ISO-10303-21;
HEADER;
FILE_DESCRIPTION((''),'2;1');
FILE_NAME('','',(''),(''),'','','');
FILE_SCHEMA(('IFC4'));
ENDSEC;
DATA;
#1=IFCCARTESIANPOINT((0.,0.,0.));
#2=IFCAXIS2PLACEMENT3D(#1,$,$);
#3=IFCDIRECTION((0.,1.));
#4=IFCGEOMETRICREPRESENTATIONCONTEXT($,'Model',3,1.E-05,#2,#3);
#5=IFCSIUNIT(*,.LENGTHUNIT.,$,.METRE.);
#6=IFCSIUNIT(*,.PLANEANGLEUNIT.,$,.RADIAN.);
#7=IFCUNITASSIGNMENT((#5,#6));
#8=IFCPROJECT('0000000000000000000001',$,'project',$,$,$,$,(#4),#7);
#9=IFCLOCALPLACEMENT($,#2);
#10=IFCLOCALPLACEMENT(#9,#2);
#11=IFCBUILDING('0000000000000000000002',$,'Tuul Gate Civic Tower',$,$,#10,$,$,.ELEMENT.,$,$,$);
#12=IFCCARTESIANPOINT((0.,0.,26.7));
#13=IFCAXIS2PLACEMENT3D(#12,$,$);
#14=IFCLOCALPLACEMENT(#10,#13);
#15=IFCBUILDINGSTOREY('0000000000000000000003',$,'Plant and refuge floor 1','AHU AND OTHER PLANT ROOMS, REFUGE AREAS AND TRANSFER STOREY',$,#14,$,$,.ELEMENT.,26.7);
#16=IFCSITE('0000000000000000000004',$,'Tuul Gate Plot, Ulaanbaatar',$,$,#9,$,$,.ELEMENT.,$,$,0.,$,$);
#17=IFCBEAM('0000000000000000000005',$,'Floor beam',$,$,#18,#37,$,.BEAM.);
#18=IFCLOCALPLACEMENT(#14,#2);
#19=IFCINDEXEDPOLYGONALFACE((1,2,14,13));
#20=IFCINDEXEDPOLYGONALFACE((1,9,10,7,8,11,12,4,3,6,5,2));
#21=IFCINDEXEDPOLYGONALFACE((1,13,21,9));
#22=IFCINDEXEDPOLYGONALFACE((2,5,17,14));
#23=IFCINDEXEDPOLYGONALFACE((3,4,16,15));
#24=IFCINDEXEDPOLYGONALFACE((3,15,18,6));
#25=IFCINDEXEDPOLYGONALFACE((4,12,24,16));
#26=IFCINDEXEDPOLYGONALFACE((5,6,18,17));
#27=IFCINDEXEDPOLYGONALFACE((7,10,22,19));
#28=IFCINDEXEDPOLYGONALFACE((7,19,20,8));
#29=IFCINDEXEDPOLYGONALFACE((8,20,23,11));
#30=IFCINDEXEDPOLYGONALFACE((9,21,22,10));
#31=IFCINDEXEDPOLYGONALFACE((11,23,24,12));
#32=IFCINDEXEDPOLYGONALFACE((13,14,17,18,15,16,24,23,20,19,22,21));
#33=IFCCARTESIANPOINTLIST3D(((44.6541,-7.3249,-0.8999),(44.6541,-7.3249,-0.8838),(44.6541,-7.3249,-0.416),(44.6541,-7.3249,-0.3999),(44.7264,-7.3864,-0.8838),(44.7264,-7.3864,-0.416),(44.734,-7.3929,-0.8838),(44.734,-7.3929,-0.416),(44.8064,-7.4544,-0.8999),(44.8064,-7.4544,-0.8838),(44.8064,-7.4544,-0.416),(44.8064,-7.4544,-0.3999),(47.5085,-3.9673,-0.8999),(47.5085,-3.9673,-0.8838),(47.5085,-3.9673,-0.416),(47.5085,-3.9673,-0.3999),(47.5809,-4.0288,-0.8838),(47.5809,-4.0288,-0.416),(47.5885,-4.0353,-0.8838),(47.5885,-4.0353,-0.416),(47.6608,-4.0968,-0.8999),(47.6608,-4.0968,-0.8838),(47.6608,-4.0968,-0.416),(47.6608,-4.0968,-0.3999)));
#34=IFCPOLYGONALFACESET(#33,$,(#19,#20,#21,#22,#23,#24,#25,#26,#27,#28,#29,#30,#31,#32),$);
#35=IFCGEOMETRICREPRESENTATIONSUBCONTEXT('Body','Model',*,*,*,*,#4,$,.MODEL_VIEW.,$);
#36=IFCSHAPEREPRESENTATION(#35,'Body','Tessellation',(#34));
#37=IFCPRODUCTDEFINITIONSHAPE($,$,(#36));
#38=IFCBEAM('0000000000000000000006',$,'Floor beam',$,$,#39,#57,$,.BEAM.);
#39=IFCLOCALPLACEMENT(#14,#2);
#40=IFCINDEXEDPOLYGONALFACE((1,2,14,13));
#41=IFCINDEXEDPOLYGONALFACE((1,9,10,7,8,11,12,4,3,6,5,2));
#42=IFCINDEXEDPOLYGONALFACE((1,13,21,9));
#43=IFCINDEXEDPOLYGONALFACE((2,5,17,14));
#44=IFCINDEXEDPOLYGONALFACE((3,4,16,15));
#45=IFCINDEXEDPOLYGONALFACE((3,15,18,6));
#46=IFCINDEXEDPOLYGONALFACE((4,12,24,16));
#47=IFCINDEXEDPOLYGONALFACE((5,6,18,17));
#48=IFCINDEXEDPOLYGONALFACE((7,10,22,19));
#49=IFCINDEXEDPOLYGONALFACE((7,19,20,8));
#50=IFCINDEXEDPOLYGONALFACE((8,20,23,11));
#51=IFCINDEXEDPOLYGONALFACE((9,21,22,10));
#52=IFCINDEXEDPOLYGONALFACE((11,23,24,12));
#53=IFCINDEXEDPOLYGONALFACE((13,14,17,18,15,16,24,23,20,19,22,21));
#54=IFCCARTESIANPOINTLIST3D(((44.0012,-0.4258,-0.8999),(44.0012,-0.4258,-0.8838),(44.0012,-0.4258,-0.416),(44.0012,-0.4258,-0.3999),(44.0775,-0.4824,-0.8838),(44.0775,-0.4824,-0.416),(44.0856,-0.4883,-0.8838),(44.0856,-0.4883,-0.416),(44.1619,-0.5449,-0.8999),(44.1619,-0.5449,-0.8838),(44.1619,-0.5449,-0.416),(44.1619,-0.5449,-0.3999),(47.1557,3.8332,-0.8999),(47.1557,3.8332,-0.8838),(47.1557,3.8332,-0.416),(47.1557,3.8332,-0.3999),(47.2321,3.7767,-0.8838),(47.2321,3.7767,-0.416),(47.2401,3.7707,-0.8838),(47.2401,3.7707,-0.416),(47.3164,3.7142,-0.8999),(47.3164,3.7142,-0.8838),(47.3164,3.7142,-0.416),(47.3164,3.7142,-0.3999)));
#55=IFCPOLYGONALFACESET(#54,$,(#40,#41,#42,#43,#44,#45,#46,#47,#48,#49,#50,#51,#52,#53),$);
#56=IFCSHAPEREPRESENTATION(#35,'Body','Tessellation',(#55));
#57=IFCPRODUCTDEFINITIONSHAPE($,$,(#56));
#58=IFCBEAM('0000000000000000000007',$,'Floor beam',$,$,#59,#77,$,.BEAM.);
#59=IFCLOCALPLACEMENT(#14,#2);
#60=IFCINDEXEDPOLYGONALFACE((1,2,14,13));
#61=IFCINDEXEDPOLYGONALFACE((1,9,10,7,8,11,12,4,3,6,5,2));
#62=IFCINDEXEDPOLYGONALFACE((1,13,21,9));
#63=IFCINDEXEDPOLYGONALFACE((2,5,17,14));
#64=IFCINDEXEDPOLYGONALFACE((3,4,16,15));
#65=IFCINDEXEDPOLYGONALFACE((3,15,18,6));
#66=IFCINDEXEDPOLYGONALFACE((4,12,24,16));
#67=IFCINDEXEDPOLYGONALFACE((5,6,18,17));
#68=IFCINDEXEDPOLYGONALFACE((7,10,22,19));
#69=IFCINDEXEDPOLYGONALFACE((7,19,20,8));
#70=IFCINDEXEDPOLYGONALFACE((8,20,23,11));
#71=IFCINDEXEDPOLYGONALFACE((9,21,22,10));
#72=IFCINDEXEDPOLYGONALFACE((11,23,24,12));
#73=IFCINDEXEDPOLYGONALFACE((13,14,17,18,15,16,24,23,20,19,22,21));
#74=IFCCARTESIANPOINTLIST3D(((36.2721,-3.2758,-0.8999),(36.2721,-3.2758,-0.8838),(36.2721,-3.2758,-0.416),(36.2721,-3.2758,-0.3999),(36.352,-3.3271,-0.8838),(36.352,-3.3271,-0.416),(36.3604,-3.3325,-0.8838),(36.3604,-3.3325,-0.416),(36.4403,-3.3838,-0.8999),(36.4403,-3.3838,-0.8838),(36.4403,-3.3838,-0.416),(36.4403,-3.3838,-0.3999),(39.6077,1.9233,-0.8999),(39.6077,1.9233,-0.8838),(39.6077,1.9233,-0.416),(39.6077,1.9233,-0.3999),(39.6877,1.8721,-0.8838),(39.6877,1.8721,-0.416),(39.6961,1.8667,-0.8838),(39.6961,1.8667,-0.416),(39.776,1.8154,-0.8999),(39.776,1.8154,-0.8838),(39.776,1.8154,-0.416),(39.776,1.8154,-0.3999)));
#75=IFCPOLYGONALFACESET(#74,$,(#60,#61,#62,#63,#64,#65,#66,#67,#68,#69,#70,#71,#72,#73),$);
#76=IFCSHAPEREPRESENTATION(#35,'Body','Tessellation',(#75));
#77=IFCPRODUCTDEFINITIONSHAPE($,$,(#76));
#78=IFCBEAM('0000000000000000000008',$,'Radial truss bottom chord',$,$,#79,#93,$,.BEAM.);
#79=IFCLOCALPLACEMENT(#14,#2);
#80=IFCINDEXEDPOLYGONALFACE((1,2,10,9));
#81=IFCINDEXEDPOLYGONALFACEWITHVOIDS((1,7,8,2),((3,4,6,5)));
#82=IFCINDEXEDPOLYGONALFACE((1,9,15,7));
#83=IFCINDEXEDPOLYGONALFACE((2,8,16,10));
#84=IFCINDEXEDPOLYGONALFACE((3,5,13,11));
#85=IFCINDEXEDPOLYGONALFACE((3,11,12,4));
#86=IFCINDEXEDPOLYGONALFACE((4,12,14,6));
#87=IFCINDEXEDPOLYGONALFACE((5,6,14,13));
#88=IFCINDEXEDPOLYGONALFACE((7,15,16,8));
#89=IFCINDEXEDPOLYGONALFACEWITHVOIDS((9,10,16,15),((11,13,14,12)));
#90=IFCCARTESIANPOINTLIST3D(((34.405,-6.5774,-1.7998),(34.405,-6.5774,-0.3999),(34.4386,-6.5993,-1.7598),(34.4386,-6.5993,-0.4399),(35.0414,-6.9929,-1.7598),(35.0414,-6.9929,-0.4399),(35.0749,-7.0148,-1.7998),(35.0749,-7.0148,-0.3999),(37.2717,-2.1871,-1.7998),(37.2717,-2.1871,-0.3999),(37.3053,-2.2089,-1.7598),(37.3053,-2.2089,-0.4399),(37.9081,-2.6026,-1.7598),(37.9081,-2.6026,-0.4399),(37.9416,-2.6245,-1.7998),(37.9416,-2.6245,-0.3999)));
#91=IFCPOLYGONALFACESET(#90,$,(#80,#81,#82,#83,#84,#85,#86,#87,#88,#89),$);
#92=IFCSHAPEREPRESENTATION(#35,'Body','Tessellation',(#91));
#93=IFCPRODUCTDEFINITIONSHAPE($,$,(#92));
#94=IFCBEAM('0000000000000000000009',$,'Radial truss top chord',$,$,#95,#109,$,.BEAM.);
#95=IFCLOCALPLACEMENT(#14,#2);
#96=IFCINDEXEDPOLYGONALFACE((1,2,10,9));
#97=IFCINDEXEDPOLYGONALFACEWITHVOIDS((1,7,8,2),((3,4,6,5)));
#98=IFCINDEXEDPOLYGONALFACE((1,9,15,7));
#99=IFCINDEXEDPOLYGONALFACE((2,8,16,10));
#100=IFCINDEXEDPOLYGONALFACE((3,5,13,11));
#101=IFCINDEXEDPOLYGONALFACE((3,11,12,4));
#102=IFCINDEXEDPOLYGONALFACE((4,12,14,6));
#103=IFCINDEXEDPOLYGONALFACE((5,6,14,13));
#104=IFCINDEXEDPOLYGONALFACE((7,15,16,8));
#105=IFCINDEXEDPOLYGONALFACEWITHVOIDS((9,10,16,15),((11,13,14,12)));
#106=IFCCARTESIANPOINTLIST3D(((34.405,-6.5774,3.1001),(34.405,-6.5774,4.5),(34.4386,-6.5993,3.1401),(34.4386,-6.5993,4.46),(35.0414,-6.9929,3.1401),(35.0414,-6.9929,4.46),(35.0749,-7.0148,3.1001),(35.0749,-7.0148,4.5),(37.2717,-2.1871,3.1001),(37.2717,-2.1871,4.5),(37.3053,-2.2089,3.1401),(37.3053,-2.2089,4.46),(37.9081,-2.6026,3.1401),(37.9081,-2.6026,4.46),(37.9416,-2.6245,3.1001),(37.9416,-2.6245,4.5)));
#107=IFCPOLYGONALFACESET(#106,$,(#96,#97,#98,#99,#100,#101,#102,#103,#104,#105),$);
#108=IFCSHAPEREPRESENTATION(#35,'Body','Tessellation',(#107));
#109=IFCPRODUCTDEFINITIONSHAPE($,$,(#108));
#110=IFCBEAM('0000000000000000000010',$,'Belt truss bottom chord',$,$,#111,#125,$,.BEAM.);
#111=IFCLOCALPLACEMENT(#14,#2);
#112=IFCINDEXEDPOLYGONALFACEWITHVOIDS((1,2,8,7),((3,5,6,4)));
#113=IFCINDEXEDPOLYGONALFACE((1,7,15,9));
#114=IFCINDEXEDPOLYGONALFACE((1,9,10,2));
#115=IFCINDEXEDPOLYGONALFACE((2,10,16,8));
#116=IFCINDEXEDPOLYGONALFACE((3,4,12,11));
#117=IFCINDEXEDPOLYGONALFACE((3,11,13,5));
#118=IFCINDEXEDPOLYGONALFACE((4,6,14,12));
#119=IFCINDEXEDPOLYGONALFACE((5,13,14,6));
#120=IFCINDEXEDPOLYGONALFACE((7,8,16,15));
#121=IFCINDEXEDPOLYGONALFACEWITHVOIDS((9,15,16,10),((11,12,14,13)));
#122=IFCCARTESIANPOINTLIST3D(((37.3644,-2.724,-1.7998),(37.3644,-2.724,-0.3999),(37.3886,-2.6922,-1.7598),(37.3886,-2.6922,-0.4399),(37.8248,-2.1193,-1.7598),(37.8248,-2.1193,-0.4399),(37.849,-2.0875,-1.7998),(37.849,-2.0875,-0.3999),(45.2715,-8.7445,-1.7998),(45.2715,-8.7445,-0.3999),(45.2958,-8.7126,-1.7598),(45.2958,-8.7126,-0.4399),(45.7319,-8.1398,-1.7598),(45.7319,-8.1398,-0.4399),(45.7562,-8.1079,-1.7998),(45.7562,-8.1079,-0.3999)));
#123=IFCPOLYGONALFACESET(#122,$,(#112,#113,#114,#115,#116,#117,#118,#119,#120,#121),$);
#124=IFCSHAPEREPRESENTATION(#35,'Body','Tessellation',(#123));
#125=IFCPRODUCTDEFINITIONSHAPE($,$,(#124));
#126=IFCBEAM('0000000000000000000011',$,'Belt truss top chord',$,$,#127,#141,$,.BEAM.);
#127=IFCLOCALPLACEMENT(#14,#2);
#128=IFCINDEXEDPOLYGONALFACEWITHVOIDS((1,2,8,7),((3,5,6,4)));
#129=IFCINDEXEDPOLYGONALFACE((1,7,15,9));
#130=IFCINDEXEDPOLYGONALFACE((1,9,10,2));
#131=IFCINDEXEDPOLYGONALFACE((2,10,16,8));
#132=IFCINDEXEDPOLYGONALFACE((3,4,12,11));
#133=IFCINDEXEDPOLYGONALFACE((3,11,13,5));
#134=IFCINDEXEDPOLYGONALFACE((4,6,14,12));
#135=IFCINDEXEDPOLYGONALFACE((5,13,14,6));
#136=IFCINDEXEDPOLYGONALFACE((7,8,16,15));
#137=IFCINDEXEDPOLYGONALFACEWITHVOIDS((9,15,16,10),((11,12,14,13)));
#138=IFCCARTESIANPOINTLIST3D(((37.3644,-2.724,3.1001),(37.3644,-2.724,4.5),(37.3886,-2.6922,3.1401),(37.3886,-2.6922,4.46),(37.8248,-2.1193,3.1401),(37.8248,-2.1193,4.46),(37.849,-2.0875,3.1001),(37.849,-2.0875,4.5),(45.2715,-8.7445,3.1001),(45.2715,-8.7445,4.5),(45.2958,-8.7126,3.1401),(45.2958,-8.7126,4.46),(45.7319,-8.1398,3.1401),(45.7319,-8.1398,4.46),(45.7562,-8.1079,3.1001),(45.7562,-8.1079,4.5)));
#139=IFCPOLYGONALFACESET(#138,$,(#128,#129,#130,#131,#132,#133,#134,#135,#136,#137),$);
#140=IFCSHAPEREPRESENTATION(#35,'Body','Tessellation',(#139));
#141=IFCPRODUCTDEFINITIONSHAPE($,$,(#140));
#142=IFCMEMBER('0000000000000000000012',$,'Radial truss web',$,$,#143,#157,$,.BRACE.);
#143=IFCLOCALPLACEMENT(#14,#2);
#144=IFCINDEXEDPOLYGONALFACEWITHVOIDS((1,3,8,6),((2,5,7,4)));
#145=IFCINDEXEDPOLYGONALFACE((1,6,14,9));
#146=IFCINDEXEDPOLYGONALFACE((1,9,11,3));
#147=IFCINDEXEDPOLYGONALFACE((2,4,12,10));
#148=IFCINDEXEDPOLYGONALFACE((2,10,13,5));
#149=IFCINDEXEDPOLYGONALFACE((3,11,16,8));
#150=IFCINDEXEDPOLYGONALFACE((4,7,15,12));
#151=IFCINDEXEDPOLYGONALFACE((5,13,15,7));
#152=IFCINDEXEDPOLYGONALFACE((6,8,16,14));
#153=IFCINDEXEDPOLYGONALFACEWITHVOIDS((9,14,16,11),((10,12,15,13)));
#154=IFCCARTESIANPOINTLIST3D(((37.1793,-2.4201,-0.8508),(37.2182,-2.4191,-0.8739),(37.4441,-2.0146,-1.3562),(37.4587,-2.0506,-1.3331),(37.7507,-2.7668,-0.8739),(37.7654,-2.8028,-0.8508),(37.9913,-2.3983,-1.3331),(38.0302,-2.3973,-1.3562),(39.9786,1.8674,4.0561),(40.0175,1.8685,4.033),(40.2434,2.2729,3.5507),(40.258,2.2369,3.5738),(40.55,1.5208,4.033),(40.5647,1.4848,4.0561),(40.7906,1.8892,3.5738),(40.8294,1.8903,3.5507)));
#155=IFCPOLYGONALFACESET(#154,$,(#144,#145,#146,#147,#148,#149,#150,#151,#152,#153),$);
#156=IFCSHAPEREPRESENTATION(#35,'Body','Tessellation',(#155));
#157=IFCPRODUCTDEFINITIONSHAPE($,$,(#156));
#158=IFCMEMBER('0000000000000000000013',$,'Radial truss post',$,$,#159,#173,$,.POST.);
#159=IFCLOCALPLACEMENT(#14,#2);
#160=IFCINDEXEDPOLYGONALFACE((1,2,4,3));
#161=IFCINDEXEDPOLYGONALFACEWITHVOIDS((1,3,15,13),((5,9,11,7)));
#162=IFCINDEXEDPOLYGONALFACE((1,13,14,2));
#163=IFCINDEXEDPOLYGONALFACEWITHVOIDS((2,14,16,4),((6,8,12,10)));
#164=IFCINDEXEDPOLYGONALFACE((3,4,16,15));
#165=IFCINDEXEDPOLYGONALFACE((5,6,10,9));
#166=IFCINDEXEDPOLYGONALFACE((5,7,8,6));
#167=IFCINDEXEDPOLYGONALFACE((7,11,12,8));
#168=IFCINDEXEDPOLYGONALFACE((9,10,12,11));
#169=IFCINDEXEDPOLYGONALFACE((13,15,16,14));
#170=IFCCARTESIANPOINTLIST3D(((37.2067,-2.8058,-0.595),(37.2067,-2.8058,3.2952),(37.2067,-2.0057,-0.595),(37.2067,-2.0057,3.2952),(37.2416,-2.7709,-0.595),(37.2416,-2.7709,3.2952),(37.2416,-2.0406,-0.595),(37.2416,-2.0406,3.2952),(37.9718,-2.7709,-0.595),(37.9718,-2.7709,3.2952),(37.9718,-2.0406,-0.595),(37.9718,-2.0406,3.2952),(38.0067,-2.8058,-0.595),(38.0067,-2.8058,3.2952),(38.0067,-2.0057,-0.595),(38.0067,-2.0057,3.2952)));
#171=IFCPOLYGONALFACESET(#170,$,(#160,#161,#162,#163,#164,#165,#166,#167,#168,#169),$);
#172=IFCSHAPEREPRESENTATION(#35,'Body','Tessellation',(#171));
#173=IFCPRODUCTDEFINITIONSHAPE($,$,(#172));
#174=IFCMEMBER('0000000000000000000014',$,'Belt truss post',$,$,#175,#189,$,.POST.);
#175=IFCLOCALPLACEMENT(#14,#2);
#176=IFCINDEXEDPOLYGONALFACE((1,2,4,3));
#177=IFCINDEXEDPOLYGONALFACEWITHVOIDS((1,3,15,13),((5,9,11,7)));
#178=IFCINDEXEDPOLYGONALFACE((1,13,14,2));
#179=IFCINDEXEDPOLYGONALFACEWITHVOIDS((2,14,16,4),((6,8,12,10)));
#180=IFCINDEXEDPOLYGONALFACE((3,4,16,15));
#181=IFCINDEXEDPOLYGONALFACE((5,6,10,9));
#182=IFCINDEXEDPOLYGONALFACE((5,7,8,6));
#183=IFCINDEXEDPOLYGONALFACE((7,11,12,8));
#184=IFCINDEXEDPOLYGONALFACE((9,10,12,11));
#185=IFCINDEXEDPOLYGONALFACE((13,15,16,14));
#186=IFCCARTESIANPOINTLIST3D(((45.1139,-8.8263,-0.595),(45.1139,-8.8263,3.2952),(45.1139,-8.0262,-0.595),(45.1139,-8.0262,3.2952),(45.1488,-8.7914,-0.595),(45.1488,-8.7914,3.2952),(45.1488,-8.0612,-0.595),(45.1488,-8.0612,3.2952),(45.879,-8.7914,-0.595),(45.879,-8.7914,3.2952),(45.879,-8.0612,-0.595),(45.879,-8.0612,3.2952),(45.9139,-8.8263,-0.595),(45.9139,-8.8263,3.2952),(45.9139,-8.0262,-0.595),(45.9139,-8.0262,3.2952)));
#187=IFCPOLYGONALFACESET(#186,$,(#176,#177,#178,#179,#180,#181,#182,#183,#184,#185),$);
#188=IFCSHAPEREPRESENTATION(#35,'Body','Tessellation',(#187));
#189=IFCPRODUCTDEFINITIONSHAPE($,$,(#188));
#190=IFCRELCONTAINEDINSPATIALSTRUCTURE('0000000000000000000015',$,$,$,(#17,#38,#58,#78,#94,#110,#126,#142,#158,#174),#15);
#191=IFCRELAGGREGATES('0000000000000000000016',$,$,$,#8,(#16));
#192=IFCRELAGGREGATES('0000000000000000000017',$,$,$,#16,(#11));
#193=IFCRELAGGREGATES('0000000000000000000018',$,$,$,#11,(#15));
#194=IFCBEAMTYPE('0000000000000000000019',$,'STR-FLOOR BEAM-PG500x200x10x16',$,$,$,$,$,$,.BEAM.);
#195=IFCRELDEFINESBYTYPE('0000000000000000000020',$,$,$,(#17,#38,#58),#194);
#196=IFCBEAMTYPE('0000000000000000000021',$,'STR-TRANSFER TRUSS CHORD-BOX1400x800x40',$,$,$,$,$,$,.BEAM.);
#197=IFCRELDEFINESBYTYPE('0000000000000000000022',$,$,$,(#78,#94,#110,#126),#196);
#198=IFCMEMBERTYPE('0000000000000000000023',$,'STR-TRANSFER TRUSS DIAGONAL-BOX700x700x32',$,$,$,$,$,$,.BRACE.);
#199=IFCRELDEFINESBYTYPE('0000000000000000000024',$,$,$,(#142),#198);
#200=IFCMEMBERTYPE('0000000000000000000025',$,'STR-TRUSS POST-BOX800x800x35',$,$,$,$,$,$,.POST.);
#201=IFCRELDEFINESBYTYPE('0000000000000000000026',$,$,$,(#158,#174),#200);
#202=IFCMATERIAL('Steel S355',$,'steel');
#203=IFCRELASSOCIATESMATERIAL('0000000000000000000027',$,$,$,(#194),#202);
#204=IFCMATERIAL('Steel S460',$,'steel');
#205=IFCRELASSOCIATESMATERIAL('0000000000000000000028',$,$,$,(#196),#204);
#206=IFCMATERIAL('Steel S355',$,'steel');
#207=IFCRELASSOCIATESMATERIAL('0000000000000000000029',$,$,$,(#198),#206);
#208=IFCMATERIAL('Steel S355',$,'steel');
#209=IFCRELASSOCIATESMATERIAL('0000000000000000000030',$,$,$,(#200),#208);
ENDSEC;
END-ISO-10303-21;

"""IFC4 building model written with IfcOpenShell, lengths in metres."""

from ifc_helpers import new_model, si_unit, direction, frame, origin, origin_2d, place, context, subcontext, project, spatial, hollow_rectangle, i_section, extrude, material, material_profile, profile_set, type_object, element, save


model = new_model("IFC4")

# Units and contexts
model_context = context("Model", 3, precision=1e-05, world=origin(), true_north=direction((0.0, 1.0)))
body_context = subcontext(model_context, "Body", "Model", "MODEL_VIEW")
ifc_project = project(units=[si_unit("LENGTHUNIT", "METRE"), si_unit("PLANEANGLEUNIT", "RADIAN")], contexts=[model_context])

# Site, building, storey
site_placement = place(None, origin())
site = spatial("IfcSite", under=ifc_project, at=site_placement, Name="Tuul Gate Plot, Ulaanbaatar", CompositionType="ELEMENT", RefElevation=0.0)
building_placement = place(site_placement, origin())
building = spatial("IfcBuilding", under=site, at=building_placement, Name="Tuul Gate Civic Tower", CompositionType="ELEMENT")
storey_placement = place(building_placement, frame((0.0, 0.0, 26.7)))
storey = spatial("IfcBuildingStorey", under=building, at=storey_placement, Name="Plant and refuge floor 1", Description="AHU AND OTHER PLANT ROOMS, REFUGE AREAS AND TRANSFER STOREY", CompositionType="ELEMENT", Elevation=26.7)

# Beams
ifc_material_1 = material(Name="Steel S355", Category="steel")
ifc_material_profile_1 = material_profile(ifc_material_1, i_section(OverallWidth=0.2, OverallDepth=0.5, WebThickness=0.01, FlangeThickness=0.0161, at=origin_2d()), Name="PG500x200x10x16")
ifc_profile_set_1 = profile_set([ifc_material_profile_1], Name="Steel S355")
beam_type_1 = type_object("IfcBeamType", Name="STR-FLOOR BEAM-PG500x200x10x16", PredefinedType="BEAM", material=ifc_profile_set_1)
beam_1_placement = place(storey_placement, frame((44.7302, -7.3896, -0.6499), z_axis=(0.647711, 0.761886, 0.0), x_axis=(-0.761886, 0.647711, 0.0)))
element("IfcBeam", 1, at=beam_1_placement, inside=storey, type_object=beam_type_1, Name="Floor beam", PredefinedType="BEAM", context=body_context, shape_type="SweptSolid", body=[
    extrude(i_section(OverallWidth=0.2, OverallDepth=0.5, WebThickness=0.01, FlangeThickness=0.0161, at=origin_2d()), origin(), (0.0, 0.0, 1.0), 4.407),
])
beam_2_placement = place(storey_placement, frame((44.0815, -0.4854, -0.6499), z_axis=(0.595191, 0.803584, 0.0), x_axis=(-0.803584, 0.595191, 0.0)))
element("IfcBeam", 2, at=beam_2_placement, inside=storey, type_object=beam_type_1, Name="Floor beam", PredefinedType="BEAM", context=body_context, shape_type="SweptSolid", body=[
    extrude(i_section(OverallWidth=0.2, OverallDepth=0.5, WebThickness=0.01, FlangeThickness=0.0161, at=origin_2d()), origin(), (0.0, 0.0, 1.0), 5.3),
])
beam_3_placement = place(storey_placement, frame((36.3562, -3.3298, -0.6499), z_axis=(0.539994, 0.841669, 0.0), x_axis=(-0.841669, 0.539994, 0.0)))
element("IfcBeam", 3, at=beam_3_placement, inside=storey, type_object=beam_type_1, Name="Floor beam", PredefinedType="BEAM", context=body_context, shape_type="SweptSolid", body=[
    extrude(i_section(OverallWidth=0.2, OverallDepth=0.5, WebThickness=0.01, FlangeThickness=0.0161, at=origin_2d()), origin(), (0.0, 0.0, 1.0), 6.1772),
])
ifc_material_2 = material(Name="Steel S460", Category="steel")
ifc_material_profile_2 = material_profile(ifc_material_2, hollow_rectangle(XDim=0.8, YDim=1.3999, WallThickness=0.04, at=origin_2d()), Name="BOX1400x800x40")
ifc_profile_set_2 = profile_set([ifc_material_profile_2], Name="Steel S460")
beam_type_2 = type_object("IfcBeamType", Name="STR-TRANSFER TRUSS CHORD-BOX1400x800x40", PredefinedType="BEAM", material=ifc_profile_set_2)
for number, where, z_axis, x_axis, name in (
    (4, (37.6067, -2.4058, -1.0999), (-0.546724, -0.837313, 0.0), (0.837313, -0.546724, 0.0), "Radial truss bottom chord"),
    (5, (37.6067, -2.4058, 3.8), (-0.546724, -0.837313, 0.0), (0.837313, -0.546724, 0.0), "Radial truss top chord"),
):
    element("IfcBeam", number, at=place(storey_placement, frame(where, z_axis=z_axis, x_axis=x_axis)), inside=storey, type_object=beam_type_2, Name=name, PredefinedType="BEAM", context=body_context, shape_type="SweptSolid", body=[
        extrude(hollow_rectangle(XDim=0.8, YDim=1.3999, WallThickness=0.04, at=origin_2d()), origin(), (0.0, 0.0, 1.0), 5.2434),
    ])
for number, where, z_axis, x_axis, name in (
    (6, (37.6067, -2.4058, -1.0999), (0.795628, -0.605786, 0.0), (0.605786, 0.795628, 0.0), "Belt truss bottom chord"),
    (7, (37.6067, -2.4058, 3.8), (0.795628, -0.605786, 0.0), (0.605786, 0.795628, 0.0), "Belt truss top chord"),
):
    element("IfcBeam", number, at=place(storey_placement, frame(where, z_axis=z_axis, x_axis=x_axis)), inside=storey, type_object=beam_type_2, Name=name, PredefinedType="BEAM", context=body_context, shape_type="SweptSolid", body=[
        extrude(hollow_rectangle(XDim=0.8, YDim=1.3999, WallThickness=0.04, at=origin_2d()), origin(), (0.0, 0.0, 1.0), 9.9382),
    ])

# Members
ifc_material_3 = material(Name="Steel S355", Category="steel")
ifc_material_profile_3 = material_profile(ifc_material_3, hollow_rectangle(XDim=0.7, YDim=0.7, WallThickness=0.032, at=origin_2d()), Name="BOX700x700x32")
ifc_profile_set_3 = profile_set([ifc_material_profile_3], Name="Steel S355")
member_type_1 = type_object("IfcMemberType", Name="STR-TRANSFER TRUSS DIAGONAL-BOX700x700x32", PredefinedType="BRACE", material=ifc_profile_set_3)
member_placement = place(storey_placement, frame((37.6047, -2.4087, -1.1035), z_axis=(0.394708, 0.604558, 0.691892), x_axis=(-0.837337, 0.546687, 0.0)))
element("IfcMember", 8, at=member_placement, inside=storey, type_object=member_type_1, Name="Radial truss web", PredefinedType="BRACE", context=body_context, shape_type="SweptSolid", body=[
    extrude(hollow_rectangle(XDim=0.7, YDim=0.7, WallThickness=0.032, at=origin_2d()), origin(), (0.0, 0.0, 1.0), 7.092),
])
ifc_material_4 = material(Name="Steel S355", Category="steel")
ifc_material_profile_4 = material_profile(ifc_material_4, hollow_rectangle(XDim=0.8, YDim=0.8, WallThickness=0.0349, at=origin_2d()), Name="BOX800x800x35")
ifc_profile_set_4 = profile_set([ifc_material_profile_4], Name="Steel S355")
member_type_2 = type_object("IfcMemberType", Name="STR-TRUSS POST-BOX800x800x35", PredefinedType="POST", material=ifc_profile_set_4)
for number, where, z_axis, x_axis, name in (
    (9, (37.6067, -2.4058, -0.595), (0.0, 0.0, 1.0), (1.0, 0.0, 0.0), "Radial truss post"),
    (10, (45.5139, -8.4263, -0.595), (0.0, 0.0, 1.0), (1.0, 0.0, 0.0), "Belt truss post"),
):
    element("IfcMember", number, at=place(storey_placement, frame(where, z_axis=z_axis, x_axis=x_axis)), inside=storey, type_object=member_type_2, Name=name, PredefinedType="POST", context=body_context, shape_type="SweptSolid", body=[
        extrude(hollow_rectangle(XDim=0.8, YDim=0.8, WallThickness=0.0349, at=origin_2d()), origin(), (0.0, 0.0, 1.0), 3.8901),
    ])

save(model, "model.ifc")
